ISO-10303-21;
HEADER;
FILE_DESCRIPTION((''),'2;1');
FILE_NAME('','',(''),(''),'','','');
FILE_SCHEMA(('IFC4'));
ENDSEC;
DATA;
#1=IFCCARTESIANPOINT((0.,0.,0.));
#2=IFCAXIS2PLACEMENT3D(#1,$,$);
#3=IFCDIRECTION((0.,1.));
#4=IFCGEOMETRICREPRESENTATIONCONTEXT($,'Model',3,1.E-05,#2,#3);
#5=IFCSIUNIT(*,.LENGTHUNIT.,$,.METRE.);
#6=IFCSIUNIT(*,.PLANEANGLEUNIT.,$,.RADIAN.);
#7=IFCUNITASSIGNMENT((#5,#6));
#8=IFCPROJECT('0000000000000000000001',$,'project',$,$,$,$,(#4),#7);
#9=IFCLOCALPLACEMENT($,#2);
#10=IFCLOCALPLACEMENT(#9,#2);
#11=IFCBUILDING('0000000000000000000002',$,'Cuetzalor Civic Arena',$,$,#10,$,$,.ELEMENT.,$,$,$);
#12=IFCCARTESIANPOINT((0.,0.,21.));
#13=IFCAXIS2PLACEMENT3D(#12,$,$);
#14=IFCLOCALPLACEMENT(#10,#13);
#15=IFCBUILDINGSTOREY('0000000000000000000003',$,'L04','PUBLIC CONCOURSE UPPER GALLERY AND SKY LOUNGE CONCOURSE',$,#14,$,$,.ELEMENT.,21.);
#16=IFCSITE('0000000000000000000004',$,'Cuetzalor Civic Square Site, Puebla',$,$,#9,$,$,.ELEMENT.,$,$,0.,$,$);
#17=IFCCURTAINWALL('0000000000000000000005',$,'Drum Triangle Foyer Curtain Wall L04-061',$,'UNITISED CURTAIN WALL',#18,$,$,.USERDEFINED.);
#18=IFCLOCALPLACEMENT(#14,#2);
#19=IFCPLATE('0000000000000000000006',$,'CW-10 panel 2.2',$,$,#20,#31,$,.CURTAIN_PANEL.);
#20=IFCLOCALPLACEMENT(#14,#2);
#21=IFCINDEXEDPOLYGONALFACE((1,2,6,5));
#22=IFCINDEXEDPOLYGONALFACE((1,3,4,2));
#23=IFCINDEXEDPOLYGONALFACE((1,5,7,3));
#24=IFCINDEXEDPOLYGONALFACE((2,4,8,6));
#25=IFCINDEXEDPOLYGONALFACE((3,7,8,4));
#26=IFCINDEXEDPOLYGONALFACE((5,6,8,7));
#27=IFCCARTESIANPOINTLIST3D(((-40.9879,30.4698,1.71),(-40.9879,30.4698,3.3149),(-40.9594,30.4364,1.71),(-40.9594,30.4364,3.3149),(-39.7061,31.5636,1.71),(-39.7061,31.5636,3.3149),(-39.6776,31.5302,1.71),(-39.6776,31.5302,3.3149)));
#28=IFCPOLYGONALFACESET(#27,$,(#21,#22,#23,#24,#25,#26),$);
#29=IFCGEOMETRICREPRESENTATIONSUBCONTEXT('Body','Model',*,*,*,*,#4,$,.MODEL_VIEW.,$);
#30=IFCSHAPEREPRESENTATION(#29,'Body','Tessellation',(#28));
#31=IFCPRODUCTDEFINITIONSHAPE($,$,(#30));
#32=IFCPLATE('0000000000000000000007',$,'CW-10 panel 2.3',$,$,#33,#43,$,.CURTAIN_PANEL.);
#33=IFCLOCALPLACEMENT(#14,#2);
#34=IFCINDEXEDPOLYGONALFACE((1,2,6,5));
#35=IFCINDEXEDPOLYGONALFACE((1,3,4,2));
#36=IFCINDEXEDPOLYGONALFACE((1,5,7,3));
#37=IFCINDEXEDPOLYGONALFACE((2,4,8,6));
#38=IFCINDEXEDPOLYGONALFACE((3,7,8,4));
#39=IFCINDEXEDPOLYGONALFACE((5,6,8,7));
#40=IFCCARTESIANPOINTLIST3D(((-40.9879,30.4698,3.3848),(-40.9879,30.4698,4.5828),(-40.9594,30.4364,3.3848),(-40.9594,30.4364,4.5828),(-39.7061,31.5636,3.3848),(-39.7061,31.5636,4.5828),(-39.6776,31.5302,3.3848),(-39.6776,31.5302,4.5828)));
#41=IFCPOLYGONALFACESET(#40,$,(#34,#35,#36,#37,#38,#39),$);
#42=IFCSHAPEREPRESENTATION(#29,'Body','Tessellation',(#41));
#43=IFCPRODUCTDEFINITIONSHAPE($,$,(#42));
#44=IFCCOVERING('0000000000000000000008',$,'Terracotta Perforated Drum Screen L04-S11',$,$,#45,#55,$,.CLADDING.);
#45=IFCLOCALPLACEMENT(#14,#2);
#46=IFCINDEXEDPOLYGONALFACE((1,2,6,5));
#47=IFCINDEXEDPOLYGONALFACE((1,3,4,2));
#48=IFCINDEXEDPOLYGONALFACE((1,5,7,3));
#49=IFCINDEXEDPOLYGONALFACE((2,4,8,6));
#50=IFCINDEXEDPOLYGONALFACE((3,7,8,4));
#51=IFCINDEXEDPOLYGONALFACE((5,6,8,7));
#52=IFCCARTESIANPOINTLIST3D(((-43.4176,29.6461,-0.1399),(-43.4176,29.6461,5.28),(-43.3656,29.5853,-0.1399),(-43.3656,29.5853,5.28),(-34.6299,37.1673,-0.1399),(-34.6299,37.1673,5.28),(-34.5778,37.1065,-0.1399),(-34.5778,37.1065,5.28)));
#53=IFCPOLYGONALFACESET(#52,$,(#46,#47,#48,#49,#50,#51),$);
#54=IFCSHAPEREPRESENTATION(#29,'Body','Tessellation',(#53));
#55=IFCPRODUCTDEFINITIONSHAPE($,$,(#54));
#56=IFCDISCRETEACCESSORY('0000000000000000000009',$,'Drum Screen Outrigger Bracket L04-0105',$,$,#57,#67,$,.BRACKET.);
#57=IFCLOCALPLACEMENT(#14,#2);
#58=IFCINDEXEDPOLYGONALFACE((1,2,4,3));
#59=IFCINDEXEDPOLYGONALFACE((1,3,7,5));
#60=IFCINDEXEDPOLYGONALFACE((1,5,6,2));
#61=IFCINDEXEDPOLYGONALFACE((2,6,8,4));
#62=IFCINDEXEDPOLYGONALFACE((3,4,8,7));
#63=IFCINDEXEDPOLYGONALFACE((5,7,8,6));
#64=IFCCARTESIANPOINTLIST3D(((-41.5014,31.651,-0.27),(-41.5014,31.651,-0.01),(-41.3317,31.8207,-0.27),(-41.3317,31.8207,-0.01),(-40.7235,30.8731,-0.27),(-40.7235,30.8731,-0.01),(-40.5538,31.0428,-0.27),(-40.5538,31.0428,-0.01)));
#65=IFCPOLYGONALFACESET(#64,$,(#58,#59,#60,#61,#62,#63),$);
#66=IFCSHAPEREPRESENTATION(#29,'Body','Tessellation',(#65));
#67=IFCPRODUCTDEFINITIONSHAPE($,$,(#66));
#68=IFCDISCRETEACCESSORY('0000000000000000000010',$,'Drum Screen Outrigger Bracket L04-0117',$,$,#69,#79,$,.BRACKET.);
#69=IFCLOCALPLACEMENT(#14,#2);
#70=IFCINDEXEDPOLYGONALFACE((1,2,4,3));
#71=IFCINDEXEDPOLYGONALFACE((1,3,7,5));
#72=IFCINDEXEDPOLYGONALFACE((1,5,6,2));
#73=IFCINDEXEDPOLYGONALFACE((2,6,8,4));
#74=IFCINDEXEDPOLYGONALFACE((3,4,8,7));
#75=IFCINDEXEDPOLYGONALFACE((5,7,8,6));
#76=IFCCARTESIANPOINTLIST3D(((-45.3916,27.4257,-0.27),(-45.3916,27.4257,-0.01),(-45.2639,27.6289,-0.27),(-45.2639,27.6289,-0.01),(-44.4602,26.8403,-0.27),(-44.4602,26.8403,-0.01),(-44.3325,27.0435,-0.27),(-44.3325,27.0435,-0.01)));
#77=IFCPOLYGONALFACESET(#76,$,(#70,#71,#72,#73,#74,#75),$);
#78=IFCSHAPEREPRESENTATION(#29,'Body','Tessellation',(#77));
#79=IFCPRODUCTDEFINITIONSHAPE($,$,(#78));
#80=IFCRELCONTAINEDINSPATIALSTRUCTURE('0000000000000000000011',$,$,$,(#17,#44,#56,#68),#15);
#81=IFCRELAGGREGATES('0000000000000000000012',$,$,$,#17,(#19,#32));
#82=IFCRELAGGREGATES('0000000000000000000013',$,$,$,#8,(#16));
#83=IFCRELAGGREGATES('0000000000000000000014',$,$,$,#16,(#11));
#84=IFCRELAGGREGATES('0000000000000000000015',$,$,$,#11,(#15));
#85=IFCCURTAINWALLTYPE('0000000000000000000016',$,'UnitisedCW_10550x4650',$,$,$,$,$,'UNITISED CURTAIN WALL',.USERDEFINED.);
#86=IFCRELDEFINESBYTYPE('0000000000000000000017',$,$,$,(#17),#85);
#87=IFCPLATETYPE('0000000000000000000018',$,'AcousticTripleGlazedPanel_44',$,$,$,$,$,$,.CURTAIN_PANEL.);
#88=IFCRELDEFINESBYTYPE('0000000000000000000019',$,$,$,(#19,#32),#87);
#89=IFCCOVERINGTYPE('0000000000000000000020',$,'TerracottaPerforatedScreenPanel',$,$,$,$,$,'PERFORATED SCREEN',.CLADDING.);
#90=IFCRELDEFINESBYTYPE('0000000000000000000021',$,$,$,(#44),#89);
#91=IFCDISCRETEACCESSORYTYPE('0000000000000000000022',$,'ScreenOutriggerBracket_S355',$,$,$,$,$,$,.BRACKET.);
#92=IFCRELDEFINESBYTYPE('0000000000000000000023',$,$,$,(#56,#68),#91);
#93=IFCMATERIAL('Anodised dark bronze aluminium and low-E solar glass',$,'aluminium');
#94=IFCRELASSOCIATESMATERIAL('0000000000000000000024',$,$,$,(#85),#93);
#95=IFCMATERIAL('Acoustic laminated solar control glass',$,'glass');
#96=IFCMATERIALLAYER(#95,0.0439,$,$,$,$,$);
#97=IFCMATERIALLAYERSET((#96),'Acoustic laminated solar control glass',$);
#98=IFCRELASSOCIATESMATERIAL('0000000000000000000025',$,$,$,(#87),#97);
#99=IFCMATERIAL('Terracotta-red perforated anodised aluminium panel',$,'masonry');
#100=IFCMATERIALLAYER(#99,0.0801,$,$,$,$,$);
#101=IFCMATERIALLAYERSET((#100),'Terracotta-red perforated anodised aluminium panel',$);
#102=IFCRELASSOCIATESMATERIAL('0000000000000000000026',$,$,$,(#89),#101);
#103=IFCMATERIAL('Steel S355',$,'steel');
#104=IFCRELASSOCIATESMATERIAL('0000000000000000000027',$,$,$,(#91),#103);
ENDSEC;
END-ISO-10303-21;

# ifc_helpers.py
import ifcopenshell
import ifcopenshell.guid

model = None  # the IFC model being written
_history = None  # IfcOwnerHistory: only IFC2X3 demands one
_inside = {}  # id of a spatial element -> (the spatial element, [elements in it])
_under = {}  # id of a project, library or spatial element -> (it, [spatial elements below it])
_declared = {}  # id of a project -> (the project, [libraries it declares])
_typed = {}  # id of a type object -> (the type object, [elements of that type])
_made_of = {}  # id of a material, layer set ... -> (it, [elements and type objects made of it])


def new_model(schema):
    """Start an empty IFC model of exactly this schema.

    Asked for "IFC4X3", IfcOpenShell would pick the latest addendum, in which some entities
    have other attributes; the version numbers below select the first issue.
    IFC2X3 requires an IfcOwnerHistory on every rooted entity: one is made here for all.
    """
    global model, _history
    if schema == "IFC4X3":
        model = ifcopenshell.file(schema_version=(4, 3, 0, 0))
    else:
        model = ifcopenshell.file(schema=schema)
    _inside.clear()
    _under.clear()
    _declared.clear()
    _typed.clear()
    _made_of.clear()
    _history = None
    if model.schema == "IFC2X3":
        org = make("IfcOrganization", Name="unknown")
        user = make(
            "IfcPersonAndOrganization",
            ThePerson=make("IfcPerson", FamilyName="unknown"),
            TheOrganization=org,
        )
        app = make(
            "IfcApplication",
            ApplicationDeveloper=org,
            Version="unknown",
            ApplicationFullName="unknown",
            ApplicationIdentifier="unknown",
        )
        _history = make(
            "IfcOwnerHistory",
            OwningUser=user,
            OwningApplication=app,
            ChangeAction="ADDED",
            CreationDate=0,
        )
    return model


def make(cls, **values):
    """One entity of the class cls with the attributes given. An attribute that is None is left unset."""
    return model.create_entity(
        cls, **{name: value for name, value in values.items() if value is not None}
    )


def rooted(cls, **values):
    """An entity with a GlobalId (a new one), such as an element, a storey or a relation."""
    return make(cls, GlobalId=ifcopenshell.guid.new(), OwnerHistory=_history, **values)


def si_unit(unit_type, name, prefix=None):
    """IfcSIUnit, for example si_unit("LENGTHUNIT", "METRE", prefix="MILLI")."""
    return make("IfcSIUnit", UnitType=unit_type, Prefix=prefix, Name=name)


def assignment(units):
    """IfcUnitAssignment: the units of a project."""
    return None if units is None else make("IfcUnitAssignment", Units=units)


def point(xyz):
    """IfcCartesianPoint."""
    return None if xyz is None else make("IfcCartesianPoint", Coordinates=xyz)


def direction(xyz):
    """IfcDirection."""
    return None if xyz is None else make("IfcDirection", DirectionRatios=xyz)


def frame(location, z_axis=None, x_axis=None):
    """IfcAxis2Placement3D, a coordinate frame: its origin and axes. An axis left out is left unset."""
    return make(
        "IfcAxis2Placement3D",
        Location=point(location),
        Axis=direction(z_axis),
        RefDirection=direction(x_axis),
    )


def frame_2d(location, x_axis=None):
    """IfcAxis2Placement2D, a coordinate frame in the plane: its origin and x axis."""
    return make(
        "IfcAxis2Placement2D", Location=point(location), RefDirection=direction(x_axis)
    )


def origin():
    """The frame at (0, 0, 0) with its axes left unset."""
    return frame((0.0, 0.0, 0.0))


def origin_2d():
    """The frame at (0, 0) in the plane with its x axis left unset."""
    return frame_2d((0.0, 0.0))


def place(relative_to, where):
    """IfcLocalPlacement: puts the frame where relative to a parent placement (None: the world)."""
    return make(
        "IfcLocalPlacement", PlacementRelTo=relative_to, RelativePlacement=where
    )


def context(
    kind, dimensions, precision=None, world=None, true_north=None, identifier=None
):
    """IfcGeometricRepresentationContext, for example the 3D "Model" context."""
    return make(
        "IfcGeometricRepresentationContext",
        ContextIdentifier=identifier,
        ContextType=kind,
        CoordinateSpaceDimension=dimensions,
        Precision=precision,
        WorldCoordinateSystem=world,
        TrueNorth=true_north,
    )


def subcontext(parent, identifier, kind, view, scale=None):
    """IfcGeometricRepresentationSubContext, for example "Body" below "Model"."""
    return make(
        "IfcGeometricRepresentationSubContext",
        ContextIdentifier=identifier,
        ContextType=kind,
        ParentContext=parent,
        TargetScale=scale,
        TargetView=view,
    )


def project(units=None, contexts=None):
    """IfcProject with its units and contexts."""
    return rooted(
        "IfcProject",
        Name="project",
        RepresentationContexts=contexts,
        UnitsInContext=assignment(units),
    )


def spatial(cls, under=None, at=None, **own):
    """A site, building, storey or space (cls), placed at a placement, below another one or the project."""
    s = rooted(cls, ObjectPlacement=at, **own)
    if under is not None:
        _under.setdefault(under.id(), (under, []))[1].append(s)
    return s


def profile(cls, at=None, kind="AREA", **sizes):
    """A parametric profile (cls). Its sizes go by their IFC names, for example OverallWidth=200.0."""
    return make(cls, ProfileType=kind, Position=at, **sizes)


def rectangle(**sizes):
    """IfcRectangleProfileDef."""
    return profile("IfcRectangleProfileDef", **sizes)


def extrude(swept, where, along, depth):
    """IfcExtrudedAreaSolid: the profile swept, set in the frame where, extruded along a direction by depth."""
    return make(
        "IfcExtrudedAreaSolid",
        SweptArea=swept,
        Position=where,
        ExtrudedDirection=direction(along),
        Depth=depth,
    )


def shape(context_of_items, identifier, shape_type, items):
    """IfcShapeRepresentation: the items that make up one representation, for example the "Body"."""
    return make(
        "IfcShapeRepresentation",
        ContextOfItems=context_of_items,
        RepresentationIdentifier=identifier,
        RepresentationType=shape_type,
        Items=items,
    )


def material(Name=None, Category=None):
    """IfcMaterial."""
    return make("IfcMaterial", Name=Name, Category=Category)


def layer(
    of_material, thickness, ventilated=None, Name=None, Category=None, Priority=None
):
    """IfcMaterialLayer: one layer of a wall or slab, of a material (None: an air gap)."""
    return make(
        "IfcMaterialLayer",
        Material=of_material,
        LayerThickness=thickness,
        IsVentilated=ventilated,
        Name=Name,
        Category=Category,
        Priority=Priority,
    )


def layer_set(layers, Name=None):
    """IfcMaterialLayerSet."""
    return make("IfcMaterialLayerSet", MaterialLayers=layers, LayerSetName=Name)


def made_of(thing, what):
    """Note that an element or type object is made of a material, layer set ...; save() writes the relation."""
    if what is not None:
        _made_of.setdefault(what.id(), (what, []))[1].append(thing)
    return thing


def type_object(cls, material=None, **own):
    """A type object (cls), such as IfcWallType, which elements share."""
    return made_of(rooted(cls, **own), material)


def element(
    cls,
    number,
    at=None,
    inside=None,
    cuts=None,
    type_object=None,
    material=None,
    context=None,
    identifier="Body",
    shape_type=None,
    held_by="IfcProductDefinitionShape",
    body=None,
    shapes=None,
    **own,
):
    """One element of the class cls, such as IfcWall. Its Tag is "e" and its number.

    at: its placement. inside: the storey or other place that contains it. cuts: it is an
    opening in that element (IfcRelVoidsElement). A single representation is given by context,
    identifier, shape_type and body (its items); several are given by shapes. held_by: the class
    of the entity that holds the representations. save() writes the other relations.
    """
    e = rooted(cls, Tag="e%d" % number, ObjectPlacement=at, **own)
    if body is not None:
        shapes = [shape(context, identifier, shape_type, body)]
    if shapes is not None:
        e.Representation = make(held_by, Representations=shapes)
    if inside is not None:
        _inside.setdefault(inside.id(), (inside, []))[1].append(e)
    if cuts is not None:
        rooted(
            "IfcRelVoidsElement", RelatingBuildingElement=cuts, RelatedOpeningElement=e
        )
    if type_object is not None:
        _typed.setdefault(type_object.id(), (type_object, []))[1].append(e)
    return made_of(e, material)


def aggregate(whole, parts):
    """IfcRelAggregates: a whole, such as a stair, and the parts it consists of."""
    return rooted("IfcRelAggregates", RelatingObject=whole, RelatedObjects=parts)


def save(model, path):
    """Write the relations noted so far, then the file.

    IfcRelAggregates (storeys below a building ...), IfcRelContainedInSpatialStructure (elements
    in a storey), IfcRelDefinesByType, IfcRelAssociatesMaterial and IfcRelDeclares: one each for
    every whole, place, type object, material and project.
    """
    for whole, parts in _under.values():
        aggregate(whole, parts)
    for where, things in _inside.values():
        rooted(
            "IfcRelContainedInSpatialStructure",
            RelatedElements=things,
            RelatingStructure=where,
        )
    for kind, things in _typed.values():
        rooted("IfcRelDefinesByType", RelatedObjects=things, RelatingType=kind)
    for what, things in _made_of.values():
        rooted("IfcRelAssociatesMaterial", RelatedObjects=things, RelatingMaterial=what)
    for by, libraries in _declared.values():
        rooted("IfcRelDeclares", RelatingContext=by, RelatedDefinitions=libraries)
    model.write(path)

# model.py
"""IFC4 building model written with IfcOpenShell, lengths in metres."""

from ifc_helpers import new_model, si_unit, direction, frame, frame_2d, origin, origin_2d, place, context, subcontext, project, spatial, rectangle, extrude, material, layer, layer_set, type_object, element, aggregate, save


model = new_model("IFC4")

# Units and contexts
model_context = context("Model", 3, precision=1e-05, world=origin(), true_north=direction((0.0, 1.0)))
body_context = subcontext(model_context, "Body", "Model", "MODEL_VIEW")
ifc_project = project(units=[si_unit("LENGTHUNIT", "METRE"), si_unit("PLANEANGLEUNIT", "RADIAN")], contexts=[model_context])

# Site, building, storey
site_placement = place(None, origin())
site = spatial("IfcSite", under=ifc_project, at=site_placement, Name="Cuetzalor Civic Square Site, Puebla", CompositionType="ELEMENT", RefElevation=0.0)
building_placement = place(site_placement, origin())
building = spatial("IfcBuilding", under=site, at=building_placement, Name="Cuetzalor Civic Arena", CompositionType="ELEMENT")
storey_placement = place(building_placement, frame((0.0, 0.0, 21.0)))
storey = spatial("IfcBuildingStorey", under=building, at=storey_placement, Name="L04", Description="PUBLIC CONCOURSE UPPER GALLERY AND SKY LOUNGE CONCOURSE", CompositionType="ELEMENT", Elevation=21.0)

# Curtain wall
ifc_material_1 = material(Name="Anodised dark bronze aluminium and low-E solar glass", Category="aluminium")
curtain_wall_type = type_object("IfcCurtainWallType", Name="UnitisedCW_10550x4650", ElementType="UNITISED CURTAIN WALL", PredefinedType="USERDEFINED", material=ifc_material_1)
curtain_wall_placement = place(storey_placement, origin())
curtain_wall = element("IfcCurtainWall", 1, at=curtain_wall_placement, inside=storey, type_object=curtain_wall_type, Name="Drum Triangle Foyer Curtain Wall L04-061", ObjectType="UNITISED CURTAIN WALL", PredefinedType="USERDEFINED")

# Plates
ifc_material_2 = material(Name="Acoustic laminated solar control glass", Category="glass")
ifc_layer_1 = layer(ifc_material_2, 0.0439)
ifc_layer_set_1 = layer_set([ifc_layer_1], Name="Acoustic laminated solar control glass")
plate_type = type_object("IfcPlateType", Name="AcousticTripleGlazedPanel_44", PredefinedType="CURTAIN_PANEL", material=ifc_layer_set_1)
plate_1_placement = place(storey_placement, frame((-40.3328, 31.0, 1.71), z_axis=(0.0, 0.0, 1.0), x_axis=(0.760677, 0.64913, 0.0)))
plate_1 = element("IfcPlate", 2, at=plate_1_placement, type_object=plate_type, Name="CW-10 panel 2.2", PredefinedType="CURTAIN_PANEL", context=body_context, shape_type="SweptSolid", body=[
    extrude(rectangle(XDim=1.6851, YDim=0.0439, at=origin_2d()), origin(), (0.0, 0.0, 1.0), 1.605),
])
plate_2_placement = place(storey_placement, frame((-40.3328, 31.0, 3.3848), z_axis=(0.0, 0.0, 1.0), x_axis=(0.760677, 0.64913, 0.0)))
plate_2 = element("IfcPlate", 3, at=plate_2_placement, type_object=plate_type, Name="CW-10 panel 2.3", PredefinedType="CURTAIN_PANEL", context=body_context, shape_type="SweptSolid", body=[
    extrude(rectangle(XDim=1.6851, YDim=0.0439, at=origin_2d()), origin(), (0.0, 0.0, 1.0), 1.198),
])
aggregate(curtain_wall, [plate_1, plate_2])

# Covering
ifc_material_3 = material(Name="Terracotta-red perforated anodised aluminium panel", Category="masonry")
ifc_layer_2 = layer(ifc_material_3, 0.0801)
ifc_layer_set_2 = layer_set([ifc_layer_2], Name="Terracotta-red perforated anodised aluminium panel")
covering_type = type_object("IfcCoveringType", Name="TerracottaPerforatedScreenPanel", ElementType="PERFORATED SCREEN", PredefinedType="CLADDING", material=ifc_layer_set_2)
covering_placement = place(storey_placement, frame((-43.3916, 29.6157, -0.1399), z_axis=(0.0, 0.0, 1.0), x_axis=(0.759735, 0.650233, 0.0)))
element("IfcCovering", 4, at=covering_placement, inside=storey, type_object=covering_type, Name="Terracotta Perforated Drum Screen L04-S11", PredefinedType="CLADDING", context=body_context, shape_type="SweptSolid", body=[
    extrude(rectangle(XDim=11.5669, YDim=0.0801, at=frame_2d((5.7834, 0.0))), origin(), (0.0, 0.0, 1.0), 5.4199),
])

# Discrete accessories
ifc_material_4 = material(Name="Steel S355", Category="steel")
discrete_accessory_type = type_object("IfcDiscreteAccessoryType", Name="ScreenOutriggerBracket_S355", PredefinedType="BRACKET", material=ifc_material_4)
for number, where, z_axis, x_axis, name in (
    (5, (-41.0276, 31.3469, -0.27), (0.0, 0.0, 1.0), (-0.707107, 0.707107, 0.0), "Drum Screen Outrigger Bracket L04-0105"),
    (6, (-44.8621, 27.2346, -0.27), (0.0, 0.0, 1.0), (-0.846658, 0.532138, 0.0), "Drum Screen Outrigger Bracket L04-0117"),
):
    element("IfcDiscreteAccessory", number, at=place(storey_placement, frame(where, z_axis=z_axis, x_axis=x_axis)), inside=storey, type_object=discrete_accessory_type, Name=name, PredefinedType="BRACKET", context=body_context, shape_type="SweptSolid", body=[
        extrude(rectangle(XDim=1.1001, YDim=0.24, at=origin_2d()), origin(), (0.0, 0.0, 1.0), 0.26),
    ])

save(model, "model.ifc")
